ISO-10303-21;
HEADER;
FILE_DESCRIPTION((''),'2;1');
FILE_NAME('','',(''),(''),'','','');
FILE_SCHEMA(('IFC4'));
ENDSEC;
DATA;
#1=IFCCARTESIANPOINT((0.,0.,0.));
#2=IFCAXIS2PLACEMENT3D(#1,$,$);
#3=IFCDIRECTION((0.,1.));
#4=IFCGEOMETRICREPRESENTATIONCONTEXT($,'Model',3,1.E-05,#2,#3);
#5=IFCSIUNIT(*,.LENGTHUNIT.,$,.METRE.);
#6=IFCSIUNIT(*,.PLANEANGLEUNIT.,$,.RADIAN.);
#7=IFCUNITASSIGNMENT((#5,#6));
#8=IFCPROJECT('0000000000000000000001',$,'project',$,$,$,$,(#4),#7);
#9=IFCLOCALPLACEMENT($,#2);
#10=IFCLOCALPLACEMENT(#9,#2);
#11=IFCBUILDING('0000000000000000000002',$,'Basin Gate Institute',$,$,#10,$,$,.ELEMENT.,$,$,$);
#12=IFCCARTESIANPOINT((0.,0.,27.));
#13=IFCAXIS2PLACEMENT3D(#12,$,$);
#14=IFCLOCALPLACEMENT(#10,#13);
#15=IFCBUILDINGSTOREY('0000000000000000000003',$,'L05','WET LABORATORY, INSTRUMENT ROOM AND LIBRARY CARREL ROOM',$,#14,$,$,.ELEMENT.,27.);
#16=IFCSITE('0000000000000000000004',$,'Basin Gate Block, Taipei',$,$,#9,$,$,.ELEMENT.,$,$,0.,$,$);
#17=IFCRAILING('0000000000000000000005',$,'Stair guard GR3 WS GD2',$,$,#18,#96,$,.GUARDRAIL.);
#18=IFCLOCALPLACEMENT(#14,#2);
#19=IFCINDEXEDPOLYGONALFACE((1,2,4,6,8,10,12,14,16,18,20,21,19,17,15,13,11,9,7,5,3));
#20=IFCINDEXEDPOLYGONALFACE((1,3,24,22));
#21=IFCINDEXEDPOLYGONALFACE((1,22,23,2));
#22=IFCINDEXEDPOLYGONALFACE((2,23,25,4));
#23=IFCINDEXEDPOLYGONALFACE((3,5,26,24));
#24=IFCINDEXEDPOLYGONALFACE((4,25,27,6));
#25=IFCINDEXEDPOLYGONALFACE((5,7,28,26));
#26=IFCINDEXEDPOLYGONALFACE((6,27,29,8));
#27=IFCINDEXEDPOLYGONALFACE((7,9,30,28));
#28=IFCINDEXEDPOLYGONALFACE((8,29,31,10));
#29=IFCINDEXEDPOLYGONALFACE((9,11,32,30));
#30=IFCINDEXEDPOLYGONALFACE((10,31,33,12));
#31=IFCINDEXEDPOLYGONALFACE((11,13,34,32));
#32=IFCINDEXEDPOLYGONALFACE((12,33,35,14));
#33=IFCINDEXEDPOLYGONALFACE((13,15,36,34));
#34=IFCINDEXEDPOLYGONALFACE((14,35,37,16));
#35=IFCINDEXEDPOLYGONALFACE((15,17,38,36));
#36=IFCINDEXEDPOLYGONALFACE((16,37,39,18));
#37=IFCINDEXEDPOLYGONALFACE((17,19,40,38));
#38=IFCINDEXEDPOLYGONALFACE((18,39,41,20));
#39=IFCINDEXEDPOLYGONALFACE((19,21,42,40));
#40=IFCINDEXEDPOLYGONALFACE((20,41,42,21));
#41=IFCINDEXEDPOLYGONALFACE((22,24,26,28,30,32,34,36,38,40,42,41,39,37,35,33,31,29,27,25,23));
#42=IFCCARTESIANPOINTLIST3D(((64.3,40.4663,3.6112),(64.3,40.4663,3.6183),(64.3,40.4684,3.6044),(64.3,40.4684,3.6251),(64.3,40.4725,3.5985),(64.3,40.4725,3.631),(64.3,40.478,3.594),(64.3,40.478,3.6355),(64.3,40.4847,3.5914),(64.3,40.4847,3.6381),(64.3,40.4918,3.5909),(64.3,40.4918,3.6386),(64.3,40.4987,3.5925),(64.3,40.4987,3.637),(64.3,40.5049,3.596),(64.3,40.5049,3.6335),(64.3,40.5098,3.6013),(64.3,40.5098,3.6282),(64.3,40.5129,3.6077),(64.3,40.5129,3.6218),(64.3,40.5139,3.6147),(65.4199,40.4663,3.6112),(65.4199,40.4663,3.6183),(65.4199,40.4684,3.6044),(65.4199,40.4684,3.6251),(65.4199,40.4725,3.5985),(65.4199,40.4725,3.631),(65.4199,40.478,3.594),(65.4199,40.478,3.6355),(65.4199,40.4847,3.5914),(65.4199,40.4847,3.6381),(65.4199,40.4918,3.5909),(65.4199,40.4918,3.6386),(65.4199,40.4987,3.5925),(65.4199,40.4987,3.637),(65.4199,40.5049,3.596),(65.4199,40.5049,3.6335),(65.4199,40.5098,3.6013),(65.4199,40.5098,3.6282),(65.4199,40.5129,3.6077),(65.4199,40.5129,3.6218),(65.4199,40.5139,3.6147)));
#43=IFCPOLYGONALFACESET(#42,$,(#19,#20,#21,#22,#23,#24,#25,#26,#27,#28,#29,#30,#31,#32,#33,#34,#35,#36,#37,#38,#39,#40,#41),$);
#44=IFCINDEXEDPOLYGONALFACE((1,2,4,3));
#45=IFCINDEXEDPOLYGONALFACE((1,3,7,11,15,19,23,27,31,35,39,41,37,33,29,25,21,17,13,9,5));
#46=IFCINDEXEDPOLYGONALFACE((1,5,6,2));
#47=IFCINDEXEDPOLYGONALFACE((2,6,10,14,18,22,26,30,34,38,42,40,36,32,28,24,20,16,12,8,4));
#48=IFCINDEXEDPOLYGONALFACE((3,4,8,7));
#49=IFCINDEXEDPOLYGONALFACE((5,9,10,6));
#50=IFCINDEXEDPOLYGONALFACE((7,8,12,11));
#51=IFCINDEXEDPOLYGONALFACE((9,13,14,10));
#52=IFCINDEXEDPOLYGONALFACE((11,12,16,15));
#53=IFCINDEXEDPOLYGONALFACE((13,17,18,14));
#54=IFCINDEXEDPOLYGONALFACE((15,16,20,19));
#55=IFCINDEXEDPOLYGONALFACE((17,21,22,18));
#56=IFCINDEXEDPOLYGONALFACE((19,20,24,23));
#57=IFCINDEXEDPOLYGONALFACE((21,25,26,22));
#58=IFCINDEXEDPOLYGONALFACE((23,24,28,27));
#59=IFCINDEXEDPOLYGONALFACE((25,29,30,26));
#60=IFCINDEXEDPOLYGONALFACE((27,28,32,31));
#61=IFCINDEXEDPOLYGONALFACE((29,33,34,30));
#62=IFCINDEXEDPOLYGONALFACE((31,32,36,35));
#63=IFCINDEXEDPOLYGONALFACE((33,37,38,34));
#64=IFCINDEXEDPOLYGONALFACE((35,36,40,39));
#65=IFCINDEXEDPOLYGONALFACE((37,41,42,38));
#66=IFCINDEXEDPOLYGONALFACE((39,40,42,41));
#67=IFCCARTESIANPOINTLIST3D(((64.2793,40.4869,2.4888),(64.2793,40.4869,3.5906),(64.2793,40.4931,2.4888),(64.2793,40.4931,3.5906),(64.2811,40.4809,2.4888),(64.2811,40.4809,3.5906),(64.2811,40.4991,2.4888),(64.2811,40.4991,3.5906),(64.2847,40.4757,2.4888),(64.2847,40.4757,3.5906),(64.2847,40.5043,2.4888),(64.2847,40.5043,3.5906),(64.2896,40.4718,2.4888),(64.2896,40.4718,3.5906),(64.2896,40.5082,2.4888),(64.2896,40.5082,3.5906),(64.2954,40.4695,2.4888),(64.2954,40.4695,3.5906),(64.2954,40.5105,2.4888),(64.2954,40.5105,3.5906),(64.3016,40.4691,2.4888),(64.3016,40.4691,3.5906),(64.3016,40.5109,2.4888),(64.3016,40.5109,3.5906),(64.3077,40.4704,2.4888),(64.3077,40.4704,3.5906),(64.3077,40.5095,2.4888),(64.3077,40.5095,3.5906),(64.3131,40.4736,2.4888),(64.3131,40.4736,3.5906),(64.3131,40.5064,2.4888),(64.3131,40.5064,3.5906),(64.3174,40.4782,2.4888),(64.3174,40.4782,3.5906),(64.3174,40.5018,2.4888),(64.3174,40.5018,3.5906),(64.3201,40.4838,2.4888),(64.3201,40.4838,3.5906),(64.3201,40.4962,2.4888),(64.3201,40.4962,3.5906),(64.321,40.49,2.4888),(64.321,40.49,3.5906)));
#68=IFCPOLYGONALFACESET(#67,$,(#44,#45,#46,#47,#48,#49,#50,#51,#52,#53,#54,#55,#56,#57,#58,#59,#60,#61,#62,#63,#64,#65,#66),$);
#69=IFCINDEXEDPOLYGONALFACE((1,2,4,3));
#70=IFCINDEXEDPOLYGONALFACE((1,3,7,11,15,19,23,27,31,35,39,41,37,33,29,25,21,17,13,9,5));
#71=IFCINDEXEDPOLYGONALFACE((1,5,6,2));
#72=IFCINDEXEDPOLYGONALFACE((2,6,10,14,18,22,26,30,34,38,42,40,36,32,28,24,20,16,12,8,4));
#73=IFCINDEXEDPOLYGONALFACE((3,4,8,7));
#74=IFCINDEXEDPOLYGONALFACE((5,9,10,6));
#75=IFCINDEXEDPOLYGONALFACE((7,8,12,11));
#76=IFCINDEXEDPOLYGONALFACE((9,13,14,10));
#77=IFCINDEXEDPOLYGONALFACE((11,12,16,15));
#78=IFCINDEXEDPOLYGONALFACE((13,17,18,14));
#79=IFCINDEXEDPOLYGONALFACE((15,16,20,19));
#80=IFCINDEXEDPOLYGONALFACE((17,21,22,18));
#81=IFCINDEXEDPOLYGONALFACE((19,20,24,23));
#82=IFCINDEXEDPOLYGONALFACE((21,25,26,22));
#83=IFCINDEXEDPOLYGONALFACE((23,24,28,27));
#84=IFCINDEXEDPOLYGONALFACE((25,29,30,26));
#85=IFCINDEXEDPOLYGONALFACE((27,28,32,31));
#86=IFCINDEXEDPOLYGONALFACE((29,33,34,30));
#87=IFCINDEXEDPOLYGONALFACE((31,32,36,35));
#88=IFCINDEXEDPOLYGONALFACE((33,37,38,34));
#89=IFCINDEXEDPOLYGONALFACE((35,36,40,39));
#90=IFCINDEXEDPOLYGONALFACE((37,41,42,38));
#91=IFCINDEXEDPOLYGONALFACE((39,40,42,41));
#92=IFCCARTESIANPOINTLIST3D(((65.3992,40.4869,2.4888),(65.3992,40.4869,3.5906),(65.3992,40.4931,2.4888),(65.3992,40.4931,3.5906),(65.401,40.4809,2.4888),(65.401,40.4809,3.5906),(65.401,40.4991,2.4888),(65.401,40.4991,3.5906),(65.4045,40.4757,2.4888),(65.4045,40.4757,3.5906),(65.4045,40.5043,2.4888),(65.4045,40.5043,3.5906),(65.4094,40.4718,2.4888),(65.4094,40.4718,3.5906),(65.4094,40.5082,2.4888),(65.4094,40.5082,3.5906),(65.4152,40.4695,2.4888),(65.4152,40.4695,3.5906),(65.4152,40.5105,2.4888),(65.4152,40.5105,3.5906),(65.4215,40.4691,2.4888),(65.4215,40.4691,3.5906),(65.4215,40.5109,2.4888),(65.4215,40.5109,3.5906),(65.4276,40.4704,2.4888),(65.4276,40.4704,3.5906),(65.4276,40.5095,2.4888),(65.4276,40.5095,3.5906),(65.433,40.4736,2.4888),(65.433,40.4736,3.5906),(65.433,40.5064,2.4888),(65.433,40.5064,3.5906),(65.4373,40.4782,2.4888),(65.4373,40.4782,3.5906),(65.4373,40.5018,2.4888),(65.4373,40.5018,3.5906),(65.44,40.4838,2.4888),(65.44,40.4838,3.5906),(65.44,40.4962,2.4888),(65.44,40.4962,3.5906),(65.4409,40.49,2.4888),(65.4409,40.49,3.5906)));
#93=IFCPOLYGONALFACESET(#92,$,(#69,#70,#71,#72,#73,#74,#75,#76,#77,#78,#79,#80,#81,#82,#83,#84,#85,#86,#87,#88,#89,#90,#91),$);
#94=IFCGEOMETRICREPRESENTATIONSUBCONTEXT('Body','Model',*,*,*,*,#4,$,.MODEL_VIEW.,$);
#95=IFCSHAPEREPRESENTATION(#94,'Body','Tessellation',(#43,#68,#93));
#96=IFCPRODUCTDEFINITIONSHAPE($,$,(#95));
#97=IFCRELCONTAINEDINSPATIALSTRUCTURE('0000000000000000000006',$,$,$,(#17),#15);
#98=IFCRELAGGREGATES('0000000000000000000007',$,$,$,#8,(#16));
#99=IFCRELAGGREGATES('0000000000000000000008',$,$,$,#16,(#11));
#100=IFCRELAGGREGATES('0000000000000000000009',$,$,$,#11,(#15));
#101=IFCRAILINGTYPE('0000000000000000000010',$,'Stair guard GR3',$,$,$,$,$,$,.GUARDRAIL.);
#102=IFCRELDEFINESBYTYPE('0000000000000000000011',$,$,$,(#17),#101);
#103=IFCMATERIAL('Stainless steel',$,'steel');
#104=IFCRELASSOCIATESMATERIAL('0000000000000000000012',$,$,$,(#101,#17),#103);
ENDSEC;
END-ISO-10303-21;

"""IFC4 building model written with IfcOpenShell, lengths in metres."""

from ifc_helpers import new_model, si_unit, direction, frame, origin, origin_2d, place, context, subcontext, project, spatial, circle, extrude, material, type_object, element, save


model = new_model("IFC4")

# Units and contexts
model_context = context("Model", 3, precision=1e-05, world=origin(), true_north=direction((0.0, 1.0)))
body_context = subcontext(model_context, "Body", "Model", "MODEL_VIEW")
ifc_project = project(units=[si_unit("LENGTHUNIT", "METRE"), si_unit("PLANEANGLEUNIT", "RADIAN")], contexts=[model_context])

# Site, building, storey
site_placement = place(None, origin())
site = spatial("IfcSite", under=ifc_project, at=site_placement, Name="Basin Gate Block, Taipei", CompositionType="ELEMENT", RefElevation=0.0)
building_placement = place(site_placement, origin())
building = spatial("IfcBuilding", under=site, at=building_placement, Name="Basin Gate Institute", CompositionType="ELEMENT")
storey_placement = place(building_placement, frame((0.0, 0.0, 27.0)))
storey = spatial("IfcBuildingStorey", under=building, at=storey_placement, Name="L05", Description="WET LABORATORY, INSTRUMENT ROOM AND LIBRARY CARREL ROOM", CompositionType="ELEMENT", Elevation=27.0)

# Railing
ifc_material_1 = material(Name="Stainless steel", Category="steel")
railing_type_1 = type_object("IfcRailingType", Name="Stair guard GR3", PredefinedType="GUARDRAIL", material=ifc_material_1)
railing_1_placement = place(storey_placement, frame((64.3, 40.49, 2.4888)))
element("IfcRailing", 1, at=railing_1_placement, inside=storey, type_object=railing_type_1, material=ifc_material_1, Name="Stair guard GR3 WS GD2", PredefinedType="GUARDRAIL", context=body_context, shape_type="SweptSolid", body=[
    extrude(circle(Radius=0.0239, at=origin_2d()), frame((0.0, 0.0, 1.126), z_axis=(1.0, 0.0, 0.0), x_axis=(0.0, 1.0, 0.0)), (0.0, 0.0, 1.0), 1.1199),
    extrude(circle(Radius=0.021, at=origin_2d()), origin(), (0.0, 0.0, 1.0), 1.1018),
    extrude(circle(Radius=0.021, at=origin_2d()), frame((1.1199, 0.0, 0.0)), (0.0, 0.0, 1.0), 1.1018),
])

save(model, "model.ifc")
